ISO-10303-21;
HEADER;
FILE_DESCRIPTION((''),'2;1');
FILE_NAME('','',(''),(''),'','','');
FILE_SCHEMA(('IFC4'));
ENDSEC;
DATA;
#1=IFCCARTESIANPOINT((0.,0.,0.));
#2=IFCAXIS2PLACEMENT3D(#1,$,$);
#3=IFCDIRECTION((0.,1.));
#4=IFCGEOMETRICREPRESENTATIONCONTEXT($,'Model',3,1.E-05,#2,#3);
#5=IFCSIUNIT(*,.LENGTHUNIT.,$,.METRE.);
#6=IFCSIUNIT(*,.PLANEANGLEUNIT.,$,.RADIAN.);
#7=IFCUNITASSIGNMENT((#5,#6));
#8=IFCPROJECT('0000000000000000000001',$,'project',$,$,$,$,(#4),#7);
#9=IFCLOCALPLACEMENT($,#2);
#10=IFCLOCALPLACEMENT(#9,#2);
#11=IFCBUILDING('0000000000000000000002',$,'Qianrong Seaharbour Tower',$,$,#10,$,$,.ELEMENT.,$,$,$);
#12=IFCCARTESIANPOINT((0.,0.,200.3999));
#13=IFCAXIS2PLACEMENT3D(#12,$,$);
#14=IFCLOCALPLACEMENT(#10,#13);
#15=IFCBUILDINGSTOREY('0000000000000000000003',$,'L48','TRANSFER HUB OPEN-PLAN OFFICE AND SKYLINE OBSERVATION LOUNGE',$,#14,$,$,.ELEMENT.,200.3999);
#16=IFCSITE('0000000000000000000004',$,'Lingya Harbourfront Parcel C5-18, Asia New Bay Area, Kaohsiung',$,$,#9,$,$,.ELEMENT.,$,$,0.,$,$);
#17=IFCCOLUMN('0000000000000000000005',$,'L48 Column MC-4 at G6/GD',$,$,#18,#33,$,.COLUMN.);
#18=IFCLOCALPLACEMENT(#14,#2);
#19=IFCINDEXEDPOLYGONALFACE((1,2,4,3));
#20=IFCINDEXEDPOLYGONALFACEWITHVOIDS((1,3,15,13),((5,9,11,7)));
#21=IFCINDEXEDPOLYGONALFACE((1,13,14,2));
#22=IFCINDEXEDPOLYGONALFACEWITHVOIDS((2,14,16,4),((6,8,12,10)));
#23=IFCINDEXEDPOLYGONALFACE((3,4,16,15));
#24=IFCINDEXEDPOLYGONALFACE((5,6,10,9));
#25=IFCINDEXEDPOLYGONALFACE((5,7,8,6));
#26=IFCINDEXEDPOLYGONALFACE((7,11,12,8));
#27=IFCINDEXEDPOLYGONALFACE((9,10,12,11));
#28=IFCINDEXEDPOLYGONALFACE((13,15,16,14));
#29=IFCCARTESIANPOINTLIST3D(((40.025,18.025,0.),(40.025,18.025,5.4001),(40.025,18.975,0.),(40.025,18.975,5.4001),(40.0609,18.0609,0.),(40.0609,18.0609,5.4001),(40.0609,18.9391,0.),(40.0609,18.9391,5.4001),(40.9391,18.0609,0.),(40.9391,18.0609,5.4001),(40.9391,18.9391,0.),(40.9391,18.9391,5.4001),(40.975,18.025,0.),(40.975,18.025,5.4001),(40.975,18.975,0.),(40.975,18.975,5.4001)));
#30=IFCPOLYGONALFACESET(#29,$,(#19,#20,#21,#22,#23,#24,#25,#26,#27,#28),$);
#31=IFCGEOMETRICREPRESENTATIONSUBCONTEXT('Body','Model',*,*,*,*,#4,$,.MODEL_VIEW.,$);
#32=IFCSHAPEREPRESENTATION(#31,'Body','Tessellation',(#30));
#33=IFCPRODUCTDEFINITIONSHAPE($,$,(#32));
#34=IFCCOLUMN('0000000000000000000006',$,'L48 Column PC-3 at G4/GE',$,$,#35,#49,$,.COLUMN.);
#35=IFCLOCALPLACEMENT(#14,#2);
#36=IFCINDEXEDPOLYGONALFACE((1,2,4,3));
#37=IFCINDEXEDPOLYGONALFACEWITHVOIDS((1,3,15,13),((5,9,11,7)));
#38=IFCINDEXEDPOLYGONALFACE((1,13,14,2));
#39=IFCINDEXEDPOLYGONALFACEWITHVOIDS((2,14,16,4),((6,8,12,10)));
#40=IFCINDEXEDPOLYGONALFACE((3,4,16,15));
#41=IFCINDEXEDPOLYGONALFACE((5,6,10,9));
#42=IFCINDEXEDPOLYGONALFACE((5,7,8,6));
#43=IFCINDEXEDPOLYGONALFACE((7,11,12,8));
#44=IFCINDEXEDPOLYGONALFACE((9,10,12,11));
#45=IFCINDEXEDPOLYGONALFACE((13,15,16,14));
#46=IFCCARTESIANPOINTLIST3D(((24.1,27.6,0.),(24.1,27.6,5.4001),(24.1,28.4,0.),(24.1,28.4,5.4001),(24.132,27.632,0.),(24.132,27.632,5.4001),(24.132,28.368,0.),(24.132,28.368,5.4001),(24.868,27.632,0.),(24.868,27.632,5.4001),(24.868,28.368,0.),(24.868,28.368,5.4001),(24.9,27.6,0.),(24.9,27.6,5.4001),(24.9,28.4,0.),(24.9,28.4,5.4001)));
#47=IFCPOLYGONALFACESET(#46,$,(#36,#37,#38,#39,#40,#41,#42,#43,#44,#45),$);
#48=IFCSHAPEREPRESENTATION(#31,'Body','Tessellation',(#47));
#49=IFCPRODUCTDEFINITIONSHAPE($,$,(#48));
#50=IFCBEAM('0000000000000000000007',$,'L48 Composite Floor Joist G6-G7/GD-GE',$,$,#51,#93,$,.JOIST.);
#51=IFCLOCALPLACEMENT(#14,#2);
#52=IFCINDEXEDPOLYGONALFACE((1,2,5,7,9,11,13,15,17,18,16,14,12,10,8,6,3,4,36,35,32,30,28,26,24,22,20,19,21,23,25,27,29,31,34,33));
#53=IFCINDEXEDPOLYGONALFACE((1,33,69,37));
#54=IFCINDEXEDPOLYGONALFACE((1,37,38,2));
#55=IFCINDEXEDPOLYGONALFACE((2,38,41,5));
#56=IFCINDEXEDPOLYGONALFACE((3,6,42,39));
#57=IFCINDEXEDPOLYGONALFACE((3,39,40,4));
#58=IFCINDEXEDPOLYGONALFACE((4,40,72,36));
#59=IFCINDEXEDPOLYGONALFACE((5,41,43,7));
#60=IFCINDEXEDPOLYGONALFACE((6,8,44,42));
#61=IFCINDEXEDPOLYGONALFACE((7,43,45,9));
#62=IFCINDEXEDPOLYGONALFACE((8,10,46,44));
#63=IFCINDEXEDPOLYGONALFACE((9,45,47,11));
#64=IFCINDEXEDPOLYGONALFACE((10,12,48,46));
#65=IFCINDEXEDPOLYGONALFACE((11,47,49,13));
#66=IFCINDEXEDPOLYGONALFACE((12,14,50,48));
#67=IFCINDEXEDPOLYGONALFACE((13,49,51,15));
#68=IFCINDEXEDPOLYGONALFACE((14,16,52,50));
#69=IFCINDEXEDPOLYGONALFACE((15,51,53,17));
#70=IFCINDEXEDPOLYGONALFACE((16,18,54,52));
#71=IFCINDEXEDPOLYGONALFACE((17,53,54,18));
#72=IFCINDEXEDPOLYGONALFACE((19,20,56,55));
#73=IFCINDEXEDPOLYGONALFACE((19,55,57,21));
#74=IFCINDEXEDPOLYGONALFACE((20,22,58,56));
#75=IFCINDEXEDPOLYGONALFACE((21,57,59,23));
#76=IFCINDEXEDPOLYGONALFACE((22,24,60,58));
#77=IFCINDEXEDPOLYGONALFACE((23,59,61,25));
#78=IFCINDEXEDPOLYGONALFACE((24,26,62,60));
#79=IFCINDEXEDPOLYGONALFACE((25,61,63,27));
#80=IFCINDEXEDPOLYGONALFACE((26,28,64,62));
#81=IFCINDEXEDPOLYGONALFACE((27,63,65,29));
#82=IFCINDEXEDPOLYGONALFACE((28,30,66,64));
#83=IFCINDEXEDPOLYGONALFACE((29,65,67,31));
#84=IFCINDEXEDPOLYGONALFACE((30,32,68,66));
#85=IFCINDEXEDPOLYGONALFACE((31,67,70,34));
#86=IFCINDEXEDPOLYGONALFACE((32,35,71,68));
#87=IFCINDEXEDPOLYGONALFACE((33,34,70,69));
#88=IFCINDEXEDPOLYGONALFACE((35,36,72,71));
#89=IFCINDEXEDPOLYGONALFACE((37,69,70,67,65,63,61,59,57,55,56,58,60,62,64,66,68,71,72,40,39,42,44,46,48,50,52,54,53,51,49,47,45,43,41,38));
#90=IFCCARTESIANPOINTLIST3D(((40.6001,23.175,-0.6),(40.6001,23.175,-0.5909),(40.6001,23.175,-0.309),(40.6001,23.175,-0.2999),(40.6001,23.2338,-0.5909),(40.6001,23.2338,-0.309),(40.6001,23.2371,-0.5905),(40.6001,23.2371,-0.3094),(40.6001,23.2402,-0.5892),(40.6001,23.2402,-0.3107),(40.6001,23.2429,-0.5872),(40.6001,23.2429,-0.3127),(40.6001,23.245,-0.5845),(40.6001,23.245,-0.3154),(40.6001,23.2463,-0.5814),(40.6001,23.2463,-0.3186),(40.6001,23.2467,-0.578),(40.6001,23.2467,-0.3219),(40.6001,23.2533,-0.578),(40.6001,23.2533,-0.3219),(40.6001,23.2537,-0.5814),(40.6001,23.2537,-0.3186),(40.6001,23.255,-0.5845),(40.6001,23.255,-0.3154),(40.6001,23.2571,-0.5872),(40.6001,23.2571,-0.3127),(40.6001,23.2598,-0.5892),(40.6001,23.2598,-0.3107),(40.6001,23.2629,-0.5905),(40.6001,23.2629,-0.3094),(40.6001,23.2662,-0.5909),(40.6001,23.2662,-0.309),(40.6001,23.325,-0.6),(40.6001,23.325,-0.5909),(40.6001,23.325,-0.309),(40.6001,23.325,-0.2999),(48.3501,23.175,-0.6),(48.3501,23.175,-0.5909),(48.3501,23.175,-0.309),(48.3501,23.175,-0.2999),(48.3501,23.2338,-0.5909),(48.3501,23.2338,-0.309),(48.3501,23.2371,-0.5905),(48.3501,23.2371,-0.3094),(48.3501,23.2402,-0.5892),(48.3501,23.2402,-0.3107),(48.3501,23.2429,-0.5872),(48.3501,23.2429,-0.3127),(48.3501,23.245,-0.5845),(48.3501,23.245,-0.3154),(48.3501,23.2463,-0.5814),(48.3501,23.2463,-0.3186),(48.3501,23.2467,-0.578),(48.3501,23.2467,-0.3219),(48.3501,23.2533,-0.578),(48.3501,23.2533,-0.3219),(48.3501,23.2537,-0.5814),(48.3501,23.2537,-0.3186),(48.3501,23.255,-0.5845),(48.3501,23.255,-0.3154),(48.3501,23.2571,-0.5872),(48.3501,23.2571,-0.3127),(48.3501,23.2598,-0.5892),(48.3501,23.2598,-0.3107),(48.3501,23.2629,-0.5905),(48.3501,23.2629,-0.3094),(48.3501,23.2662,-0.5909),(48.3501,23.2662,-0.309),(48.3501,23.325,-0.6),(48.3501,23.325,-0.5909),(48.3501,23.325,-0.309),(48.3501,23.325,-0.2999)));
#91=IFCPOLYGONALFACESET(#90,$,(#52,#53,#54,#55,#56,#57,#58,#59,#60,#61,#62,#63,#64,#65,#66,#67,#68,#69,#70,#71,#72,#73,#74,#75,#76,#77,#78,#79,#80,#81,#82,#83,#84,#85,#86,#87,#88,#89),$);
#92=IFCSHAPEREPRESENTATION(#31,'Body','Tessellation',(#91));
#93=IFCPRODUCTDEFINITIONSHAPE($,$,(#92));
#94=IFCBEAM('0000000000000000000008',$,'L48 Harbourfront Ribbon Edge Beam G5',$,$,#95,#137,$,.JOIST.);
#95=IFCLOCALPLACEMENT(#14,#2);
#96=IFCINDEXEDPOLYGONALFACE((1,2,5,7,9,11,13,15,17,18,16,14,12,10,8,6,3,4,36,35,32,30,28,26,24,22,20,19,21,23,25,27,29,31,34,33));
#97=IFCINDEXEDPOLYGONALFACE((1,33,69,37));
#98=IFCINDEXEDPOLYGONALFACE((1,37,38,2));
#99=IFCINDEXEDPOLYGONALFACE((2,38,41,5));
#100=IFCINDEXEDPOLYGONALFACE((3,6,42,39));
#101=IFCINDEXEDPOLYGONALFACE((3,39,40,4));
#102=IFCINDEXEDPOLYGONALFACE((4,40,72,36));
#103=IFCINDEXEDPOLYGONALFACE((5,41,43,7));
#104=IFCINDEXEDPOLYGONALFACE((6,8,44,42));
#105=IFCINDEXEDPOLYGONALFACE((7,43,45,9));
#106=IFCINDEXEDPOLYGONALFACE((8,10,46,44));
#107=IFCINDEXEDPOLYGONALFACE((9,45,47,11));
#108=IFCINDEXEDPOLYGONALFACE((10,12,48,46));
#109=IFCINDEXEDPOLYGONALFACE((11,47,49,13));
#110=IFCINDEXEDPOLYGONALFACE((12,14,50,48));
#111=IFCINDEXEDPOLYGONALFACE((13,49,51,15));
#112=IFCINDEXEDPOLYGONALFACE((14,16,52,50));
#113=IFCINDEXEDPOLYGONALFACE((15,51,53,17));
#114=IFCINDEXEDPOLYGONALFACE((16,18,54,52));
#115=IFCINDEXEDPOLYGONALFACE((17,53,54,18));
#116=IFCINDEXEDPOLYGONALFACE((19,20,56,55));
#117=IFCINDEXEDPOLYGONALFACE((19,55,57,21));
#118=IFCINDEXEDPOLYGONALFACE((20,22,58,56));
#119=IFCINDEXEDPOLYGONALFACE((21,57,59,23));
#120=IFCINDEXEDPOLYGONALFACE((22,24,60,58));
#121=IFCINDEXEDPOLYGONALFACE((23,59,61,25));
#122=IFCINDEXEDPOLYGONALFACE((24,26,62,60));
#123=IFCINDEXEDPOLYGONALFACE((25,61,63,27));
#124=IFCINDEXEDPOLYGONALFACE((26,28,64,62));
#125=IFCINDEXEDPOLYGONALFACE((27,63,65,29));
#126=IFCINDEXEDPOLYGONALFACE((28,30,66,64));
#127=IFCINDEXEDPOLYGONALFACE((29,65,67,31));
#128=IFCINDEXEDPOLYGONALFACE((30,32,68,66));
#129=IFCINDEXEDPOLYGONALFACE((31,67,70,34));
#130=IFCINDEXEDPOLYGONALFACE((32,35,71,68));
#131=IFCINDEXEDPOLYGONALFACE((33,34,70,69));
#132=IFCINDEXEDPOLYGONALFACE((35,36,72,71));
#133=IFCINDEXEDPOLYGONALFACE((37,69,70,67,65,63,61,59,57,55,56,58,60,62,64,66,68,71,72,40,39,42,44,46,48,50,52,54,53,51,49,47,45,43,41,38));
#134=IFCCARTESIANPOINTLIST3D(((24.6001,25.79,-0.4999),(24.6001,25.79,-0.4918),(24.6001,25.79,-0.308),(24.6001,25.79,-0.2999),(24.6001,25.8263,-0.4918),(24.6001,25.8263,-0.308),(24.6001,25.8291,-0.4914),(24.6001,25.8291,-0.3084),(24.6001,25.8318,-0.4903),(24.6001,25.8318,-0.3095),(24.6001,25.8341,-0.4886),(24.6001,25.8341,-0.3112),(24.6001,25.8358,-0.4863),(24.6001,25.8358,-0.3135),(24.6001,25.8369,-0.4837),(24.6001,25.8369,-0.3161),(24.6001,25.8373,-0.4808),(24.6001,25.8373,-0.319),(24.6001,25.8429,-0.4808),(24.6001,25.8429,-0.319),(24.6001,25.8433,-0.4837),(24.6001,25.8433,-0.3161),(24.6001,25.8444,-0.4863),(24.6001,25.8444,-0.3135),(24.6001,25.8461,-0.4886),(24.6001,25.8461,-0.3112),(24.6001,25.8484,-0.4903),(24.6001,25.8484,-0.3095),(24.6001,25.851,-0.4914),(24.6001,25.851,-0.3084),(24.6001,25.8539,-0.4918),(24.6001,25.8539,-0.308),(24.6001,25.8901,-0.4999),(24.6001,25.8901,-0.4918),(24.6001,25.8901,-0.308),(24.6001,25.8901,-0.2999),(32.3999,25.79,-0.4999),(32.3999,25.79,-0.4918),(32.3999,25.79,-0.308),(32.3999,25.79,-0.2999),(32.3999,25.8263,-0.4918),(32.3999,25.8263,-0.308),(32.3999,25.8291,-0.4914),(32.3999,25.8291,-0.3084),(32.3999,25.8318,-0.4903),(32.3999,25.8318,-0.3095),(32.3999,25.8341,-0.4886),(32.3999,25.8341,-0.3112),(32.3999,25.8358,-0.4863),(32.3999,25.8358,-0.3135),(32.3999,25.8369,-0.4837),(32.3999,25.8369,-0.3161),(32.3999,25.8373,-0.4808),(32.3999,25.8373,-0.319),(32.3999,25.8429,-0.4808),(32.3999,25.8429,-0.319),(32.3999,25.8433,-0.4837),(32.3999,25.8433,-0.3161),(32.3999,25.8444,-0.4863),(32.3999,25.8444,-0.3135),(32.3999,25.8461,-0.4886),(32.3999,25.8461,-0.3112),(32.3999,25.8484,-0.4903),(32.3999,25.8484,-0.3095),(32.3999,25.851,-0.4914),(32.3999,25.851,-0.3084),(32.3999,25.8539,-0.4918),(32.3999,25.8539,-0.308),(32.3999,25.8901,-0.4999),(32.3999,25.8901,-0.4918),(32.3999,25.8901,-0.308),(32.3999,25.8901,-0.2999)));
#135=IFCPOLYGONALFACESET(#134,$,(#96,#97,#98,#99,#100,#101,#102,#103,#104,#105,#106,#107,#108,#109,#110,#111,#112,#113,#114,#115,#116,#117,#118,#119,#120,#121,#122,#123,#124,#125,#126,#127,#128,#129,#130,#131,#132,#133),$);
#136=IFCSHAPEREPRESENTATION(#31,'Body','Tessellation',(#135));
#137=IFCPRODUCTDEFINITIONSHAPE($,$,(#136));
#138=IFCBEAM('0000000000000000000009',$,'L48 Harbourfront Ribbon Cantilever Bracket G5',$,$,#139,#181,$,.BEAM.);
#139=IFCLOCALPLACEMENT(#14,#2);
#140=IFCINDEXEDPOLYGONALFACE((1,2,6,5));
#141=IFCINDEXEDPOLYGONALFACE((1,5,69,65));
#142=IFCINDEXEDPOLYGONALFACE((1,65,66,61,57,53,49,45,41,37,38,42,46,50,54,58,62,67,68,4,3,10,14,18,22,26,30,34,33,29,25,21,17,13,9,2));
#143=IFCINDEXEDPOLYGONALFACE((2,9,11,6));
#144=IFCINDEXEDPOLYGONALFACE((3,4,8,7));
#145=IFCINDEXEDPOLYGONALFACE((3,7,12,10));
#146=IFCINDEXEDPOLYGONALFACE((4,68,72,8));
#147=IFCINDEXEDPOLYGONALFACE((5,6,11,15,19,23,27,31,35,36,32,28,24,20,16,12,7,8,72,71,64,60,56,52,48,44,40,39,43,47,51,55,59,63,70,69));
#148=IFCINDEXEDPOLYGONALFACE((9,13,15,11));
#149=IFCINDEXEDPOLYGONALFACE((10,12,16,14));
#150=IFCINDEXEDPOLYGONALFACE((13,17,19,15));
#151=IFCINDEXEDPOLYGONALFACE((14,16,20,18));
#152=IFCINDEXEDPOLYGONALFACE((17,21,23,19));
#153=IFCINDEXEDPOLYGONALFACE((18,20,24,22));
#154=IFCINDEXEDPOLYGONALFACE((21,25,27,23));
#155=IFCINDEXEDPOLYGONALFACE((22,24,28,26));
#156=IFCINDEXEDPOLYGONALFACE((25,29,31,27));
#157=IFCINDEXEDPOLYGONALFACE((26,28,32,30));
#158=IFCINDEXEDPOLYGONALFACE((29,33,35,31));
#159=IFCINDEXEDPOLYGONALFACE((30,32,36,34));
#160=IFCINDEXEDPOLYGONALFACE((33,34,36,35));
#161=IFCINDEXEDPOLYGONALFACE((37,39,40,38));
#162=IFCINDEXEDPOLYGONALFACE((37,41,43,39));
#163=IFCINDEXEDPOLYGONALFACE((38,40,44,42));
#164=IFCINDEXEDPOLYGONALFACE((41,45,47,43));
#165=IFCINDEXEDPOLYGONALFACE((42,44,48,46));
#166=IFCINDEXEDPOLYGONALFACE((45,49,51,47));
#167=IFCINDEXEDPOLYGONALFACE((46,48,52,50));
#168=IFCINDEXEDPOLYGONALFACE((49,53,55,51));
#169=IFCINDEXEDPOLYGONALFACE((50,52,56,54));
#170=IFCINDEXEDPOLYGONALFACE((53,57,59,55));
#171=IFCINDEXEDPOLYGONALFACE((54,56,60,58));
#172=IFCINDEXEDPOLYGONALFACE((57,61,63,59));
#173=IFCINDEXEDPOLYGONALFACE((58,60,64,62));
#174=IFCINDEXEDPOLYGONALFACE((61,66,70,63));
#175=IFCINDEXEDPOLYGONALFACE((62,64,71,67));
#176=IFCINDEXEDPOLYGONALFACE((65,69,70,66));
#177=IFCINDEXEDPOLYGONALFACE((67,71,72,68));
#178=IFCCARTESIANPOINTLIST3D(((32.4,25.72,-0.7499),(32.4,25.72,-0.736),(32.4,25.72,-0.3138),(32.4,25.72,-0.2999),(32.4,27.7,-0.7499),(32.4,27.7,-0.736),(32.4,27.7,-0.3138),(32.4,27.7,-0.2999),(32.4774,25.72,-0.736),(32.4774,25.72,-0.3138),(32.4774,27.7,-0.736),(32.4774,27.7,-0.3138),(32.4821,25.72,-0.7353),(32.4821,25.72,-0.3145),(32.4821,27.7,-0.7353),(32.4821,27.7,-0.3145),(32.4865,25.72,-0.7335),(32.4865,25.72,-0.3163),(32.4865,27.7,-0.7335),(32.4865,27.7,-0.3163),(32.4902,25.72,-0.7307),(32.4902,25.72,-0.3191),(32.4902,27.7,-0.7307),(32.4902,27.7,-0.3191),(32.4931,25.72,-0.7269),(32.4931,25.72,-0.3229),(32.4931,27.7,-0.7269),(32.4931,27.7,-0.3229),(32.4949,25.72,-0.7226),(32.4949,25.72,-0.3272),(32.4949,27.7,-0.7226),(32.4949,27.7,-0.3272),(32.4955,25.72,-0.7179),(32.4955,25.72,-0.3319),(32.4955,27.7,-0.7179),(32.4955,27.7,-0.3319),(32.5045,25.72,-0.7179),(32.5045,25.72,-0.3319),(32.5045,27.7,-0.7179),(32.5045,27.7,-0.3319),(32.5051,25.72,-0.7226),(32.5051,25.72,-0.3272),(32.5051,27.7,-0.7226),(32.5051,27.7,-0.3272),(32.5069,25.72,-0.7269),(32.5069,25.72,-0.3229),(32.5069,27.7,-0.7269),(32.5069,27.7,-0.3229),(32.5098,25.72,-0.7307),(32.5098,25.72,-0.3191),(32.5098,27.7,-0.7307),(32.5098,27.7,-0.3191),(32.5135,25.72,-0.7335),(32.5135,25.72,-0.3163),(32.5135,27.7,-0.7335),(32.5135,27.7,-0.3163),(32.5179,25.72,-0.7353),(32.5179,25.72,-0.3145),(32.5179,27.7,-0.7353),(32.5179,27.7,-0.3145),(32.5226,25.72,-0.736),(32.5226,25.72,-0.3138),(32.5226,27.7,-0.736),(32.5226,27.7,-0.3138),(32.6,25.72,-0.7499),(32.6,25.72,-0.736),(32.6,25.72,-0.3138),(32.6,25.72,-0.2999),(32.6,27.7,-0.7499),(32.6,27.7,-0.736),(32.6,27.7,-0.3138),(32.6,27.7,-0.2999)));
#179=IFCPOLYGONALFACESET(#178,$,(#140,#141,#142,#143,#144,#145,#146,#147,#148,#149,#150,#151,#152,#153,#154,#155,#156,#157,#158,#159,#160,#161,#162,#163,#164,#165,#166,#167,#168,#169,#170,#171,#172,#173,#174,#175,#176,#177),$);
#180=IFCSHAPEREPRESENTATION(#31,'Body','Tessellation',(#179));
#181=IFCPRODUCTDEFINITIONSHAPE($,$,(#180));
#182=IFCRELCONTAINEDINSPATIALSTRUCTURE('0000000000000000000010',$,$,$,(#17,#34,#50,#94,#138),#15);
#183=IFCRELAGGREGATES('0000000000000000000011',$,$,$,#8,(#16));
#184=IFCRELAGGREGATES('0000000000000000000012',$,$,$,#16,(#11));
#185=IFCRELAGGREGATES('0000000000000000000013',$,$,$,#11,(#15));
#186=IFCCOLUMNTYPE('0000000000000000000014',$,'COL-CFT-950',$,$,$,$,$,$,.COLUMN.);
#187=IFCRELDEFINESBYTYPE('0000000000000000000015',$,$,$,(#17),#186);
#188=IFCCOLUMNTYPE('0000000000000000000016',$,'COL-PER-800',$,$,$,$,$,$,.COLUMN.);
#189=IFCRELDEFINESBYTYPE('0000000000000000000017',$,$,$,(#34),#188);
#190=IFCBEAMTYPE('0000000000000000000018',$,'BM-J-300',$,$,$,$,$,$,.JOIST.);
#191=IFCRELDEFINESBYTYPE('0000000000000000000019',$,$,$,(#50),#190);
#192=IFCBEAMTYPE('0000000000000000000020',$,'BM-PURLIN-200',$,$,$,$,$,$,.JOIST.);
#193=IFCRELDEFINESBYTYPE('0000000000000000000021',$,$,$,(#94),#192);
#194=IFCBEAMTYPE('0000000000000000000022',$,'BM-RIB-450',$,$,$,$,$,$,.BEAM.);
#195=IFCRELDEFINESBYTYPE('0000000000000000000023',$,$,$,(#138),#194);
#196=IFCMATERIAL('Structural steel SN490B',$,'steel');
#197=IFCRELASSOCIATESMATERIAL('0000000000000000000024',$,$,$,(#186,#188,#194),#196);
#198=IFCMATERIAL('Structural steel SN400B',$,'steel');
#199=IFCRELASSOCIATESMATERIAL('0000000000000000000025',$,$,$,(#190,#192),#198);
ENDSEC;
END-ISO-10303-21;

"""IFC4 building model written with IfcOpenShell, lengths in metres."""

from ifc_helpers import new_model, si_unit, direction, frame, origin, origin_2d, place, context, subcontext, project, spatial, hollow_rectangle, i_section, extrude, material, material_profile, profile_set, type_object, element, save


model = new_model("IFC4")

# Units and contexts
model_context = context("Model", 3, precision=1e-05, world=origin(), true_north=direction((0.0, 1.0)))
body_context = subcontext(model_context, "Body", "Model", "MODEL_VIEW")
ifc_project = project(units=[si_unit("LENGTHUNIT", "METRE"), si_unit("PLANEANGLEUNIT", "RADIAN")], contexts=[model_context])

# Site, building, storey
site_placement = place(None, origin())
site = spatial("IfcSite", under=ifc_project, at=site_placement, Name="Lingya Harbourfront Parcel C5-18, Asia New Bay Area, Kaohsiung", CompositionType="ELEMENT", RefElevation=0.0)
building_placement = place(site_placement, origin())
building = spatial("IfcBuilding", under=site, at=building_placement, Name="Qianrong Seaharbour Tower", CompositionType="ELEMENT")
storey_placement = place(building_placement, frame((0.0, 0.0, 200.3999)))
storey = spatial("IfcBuildingStorey", under=building, at=storey_placement, Name="L48", Description="TRANSFER HUB OPEN-PLAN OFFICE AND SKYLINE OBSERVATION LOUNGE", CompositionType="ELEMENT", Elevation=200.3999)

# Columns
ifc_material_1 = material(Name="Structural steel SN490B", Category="steel")
ifc_material_profile_1 = material_profile(ifc_material_1, hollow_rectangle(XDim=0.95, YDim=0.95, WallThickness=0.0359, at=origin_2d()), Name="BOX950x950x36")
ifc_profile_set_1 = profile_set([ifc_material_profile_1], Name="Structural steel SN490B")
column_type_1 = type_object("IfcColumnType", Name="COL-CFT-950", PredefinedType="COLUMN", material=ifc_profile_set_1)
column_1_placement = place(storey_placement, frame((40.5, 18.5, 0.0), z_axis=(0.0, 0.0, 1.0), x_axis=(1.0, 0.0, 0.0)))
element("IfcColumn", 1, at=column_1_placement, inside=storey, type_object=column_type_1, Name="L48 Column MC-4 at G6/GD", PredefinedType="COLUMN", context=body_context, shape_type="SweptSolid", body=[
    extrude(hollow_rectangle(XDim=0.95, YDim=0.95, WallThickness=0.0359, at=origin_2d()), origin(), (0.0, 0.0, 1.0), 5.4001),
])
ifc_material_profile_2 = material_profile(ifc_material_1, hollow_rectangle(XDim=0.8, YDim=0.8, WallThickness=0.032, at=origin_2d()), Name="BOX800x800x32")
ifc_profile_set_2 = profile_set([ifc_material_profile_2], Name="Structural steel SN490B")
column_type_2 = type_object("IfcColumnType", Name="COL-PER-800", PredefinedType="COLUMN", material=ifc_profile_set_2)
column_2_placement = place(storey_placement, frame((24.5, 28.0, 0.0), z_axis=(0.0, 0.0, 1.0), x_axis=(1.0, 0.0, 0.0)))
element("IfcColumn", 2, at=column_2_placement, inside=storey, type_object=column_type_2, Name="L48 Column PC-3 at G4/GE", PredefinedType="COLUMN", context=body_context, shape_type="SweptSolid", body=[
    extrude(hollow_rectangle(XDim=0.8, YDim=0.8, WallThickness=0.032, at=origin_2d()), origin(), (0.0, 0.0, 1.0), 5.4001),
])

# Beams
ifc_material_2 = material(Name="Structural steel SN400B", Category="steel")
ifc_material_profile_3 = material_profile(ifc_material_2, i_section(OverallWidth=0.1499, OverallDepth=0.3, WebThickness=0.0066, FlangeThickness=0.009, FilletRadius=0.0129, at=origin_2d()), Name="H300x150x6.5x9")
ifc_profile_set_3 = profile_set([ifc_material_profile_3], Name="Structural steel SN400B")
beam_type_1 = type_object("IfcBeamType", Name="BM-J-300", PredefinedType="JOIST", material=ifc_profile_set_3)
beam_1_placement = place(storey_placement, frame((40.6001, 23.25, -0.45), z_axis=(1.0, 0.0, 0.0), x_axis=(0.0, 1.0, 0.0)))
element("IfcBeam", 3, at=beam_1_placement, inside=storey, type_object=beam_type_1, Name="L48 Composite Floor Joist G6-G7/GD-GE", PredefinedType="JOIST", context=body_context, shape_type="SweptSolid", body=[
    extrude(i_section(OverallWidth=0.1499, OverallDepth=0.3, WebThickness=0.0066, FlangeThickness=0.009, FilletRadius=0.0129, at=origin_2d()), origin(), (0.0, 0.0, 1.0), 7.75),
])
ifc_material_profile_4 = material_profile(ifc_material_2, i_section(OverallWidth=0.1001, OverallDepth=0.2, WebThickness=0.0056, FlangeThickness=0.0081, FilletRadius=0.011, at=origin_2d()), Name="H200x100x5.5x8")
ifc_profile_set_4 = profile_set([ifc_material_profile_4], Name="Structural steel SN400B")
beam_type_2 = type_object("IfcBeamType", Name="BM-PURLIN-200", PredefinedType="JOIST", material=ifc_profile_set_4)
beam_2_placement = place(storey_placement, frame((24.6001, 25.8401, -0.3999), z_axis=(1.0, 0.0, 0.0), x_axis=(0.0, 1.0, 0.0)))
element("IfcBeam", 4, at=beam_2_placement, inside=storey, type_object=beam_type_2, Name="L48 Harbourfront Ribbon Edge Beam G5", PredefinedType="JOIST", context=body_context, shape_type="SweptSolid", body=[
    extrude(i_section(OverallWidth=0.1001, OverallDepth=0.2, WebThickness=0.0056, FlangeThickness=0.0081, FilletRadius=0.011, at=origin_2d()), origin(), (0.0, 0.0, 1.0), 7.7998),
])
ifc_material_profile_5 = material_profile(ifc_material_1, i_section(OverallWidth=0.2, OverallDepth=0.45, WebThickness=0.009, FlangeThickness=0.0139, FilletRadius=0.0181, at=origin_2d()), Name="H450x200x9x14")
ifc_profile_set_5 = profile_set([ifc_material_profile_5], Name="Structural steel SN490B")
beam_type_3 = type_object("IfcBeamType", Name="BM-RIB-450", PredefinedType="BEAM", material=ifc_profile_set_5)
beam_3_placement = place(storey_placement, frame((32.5, 27.7, -0.5249), z_axis=(0.0, -1.0, 0.0), x_axis=(1.0, 0.0, 0.0)))
element("IfcBeam", 5, at=beam_3_placement, inside=storey, type_object=beam_type_3, Name="L48 Harbourfront Ribbon Cantilever Bracket G5", PredefinedType="BEAM", context=body_context, shape_type="SweptSolid", body=[
    extrude(i_section(OverallWidth=0.2, OverallDepth=0.45, WebThickness=0.009, FlangeThickness=0.0139, FilletRadius=0.0181, at=origin_2d()), origin(), (0.0, 0.0, 1.0), 1.98),
])

save(model, "model.ifc")
